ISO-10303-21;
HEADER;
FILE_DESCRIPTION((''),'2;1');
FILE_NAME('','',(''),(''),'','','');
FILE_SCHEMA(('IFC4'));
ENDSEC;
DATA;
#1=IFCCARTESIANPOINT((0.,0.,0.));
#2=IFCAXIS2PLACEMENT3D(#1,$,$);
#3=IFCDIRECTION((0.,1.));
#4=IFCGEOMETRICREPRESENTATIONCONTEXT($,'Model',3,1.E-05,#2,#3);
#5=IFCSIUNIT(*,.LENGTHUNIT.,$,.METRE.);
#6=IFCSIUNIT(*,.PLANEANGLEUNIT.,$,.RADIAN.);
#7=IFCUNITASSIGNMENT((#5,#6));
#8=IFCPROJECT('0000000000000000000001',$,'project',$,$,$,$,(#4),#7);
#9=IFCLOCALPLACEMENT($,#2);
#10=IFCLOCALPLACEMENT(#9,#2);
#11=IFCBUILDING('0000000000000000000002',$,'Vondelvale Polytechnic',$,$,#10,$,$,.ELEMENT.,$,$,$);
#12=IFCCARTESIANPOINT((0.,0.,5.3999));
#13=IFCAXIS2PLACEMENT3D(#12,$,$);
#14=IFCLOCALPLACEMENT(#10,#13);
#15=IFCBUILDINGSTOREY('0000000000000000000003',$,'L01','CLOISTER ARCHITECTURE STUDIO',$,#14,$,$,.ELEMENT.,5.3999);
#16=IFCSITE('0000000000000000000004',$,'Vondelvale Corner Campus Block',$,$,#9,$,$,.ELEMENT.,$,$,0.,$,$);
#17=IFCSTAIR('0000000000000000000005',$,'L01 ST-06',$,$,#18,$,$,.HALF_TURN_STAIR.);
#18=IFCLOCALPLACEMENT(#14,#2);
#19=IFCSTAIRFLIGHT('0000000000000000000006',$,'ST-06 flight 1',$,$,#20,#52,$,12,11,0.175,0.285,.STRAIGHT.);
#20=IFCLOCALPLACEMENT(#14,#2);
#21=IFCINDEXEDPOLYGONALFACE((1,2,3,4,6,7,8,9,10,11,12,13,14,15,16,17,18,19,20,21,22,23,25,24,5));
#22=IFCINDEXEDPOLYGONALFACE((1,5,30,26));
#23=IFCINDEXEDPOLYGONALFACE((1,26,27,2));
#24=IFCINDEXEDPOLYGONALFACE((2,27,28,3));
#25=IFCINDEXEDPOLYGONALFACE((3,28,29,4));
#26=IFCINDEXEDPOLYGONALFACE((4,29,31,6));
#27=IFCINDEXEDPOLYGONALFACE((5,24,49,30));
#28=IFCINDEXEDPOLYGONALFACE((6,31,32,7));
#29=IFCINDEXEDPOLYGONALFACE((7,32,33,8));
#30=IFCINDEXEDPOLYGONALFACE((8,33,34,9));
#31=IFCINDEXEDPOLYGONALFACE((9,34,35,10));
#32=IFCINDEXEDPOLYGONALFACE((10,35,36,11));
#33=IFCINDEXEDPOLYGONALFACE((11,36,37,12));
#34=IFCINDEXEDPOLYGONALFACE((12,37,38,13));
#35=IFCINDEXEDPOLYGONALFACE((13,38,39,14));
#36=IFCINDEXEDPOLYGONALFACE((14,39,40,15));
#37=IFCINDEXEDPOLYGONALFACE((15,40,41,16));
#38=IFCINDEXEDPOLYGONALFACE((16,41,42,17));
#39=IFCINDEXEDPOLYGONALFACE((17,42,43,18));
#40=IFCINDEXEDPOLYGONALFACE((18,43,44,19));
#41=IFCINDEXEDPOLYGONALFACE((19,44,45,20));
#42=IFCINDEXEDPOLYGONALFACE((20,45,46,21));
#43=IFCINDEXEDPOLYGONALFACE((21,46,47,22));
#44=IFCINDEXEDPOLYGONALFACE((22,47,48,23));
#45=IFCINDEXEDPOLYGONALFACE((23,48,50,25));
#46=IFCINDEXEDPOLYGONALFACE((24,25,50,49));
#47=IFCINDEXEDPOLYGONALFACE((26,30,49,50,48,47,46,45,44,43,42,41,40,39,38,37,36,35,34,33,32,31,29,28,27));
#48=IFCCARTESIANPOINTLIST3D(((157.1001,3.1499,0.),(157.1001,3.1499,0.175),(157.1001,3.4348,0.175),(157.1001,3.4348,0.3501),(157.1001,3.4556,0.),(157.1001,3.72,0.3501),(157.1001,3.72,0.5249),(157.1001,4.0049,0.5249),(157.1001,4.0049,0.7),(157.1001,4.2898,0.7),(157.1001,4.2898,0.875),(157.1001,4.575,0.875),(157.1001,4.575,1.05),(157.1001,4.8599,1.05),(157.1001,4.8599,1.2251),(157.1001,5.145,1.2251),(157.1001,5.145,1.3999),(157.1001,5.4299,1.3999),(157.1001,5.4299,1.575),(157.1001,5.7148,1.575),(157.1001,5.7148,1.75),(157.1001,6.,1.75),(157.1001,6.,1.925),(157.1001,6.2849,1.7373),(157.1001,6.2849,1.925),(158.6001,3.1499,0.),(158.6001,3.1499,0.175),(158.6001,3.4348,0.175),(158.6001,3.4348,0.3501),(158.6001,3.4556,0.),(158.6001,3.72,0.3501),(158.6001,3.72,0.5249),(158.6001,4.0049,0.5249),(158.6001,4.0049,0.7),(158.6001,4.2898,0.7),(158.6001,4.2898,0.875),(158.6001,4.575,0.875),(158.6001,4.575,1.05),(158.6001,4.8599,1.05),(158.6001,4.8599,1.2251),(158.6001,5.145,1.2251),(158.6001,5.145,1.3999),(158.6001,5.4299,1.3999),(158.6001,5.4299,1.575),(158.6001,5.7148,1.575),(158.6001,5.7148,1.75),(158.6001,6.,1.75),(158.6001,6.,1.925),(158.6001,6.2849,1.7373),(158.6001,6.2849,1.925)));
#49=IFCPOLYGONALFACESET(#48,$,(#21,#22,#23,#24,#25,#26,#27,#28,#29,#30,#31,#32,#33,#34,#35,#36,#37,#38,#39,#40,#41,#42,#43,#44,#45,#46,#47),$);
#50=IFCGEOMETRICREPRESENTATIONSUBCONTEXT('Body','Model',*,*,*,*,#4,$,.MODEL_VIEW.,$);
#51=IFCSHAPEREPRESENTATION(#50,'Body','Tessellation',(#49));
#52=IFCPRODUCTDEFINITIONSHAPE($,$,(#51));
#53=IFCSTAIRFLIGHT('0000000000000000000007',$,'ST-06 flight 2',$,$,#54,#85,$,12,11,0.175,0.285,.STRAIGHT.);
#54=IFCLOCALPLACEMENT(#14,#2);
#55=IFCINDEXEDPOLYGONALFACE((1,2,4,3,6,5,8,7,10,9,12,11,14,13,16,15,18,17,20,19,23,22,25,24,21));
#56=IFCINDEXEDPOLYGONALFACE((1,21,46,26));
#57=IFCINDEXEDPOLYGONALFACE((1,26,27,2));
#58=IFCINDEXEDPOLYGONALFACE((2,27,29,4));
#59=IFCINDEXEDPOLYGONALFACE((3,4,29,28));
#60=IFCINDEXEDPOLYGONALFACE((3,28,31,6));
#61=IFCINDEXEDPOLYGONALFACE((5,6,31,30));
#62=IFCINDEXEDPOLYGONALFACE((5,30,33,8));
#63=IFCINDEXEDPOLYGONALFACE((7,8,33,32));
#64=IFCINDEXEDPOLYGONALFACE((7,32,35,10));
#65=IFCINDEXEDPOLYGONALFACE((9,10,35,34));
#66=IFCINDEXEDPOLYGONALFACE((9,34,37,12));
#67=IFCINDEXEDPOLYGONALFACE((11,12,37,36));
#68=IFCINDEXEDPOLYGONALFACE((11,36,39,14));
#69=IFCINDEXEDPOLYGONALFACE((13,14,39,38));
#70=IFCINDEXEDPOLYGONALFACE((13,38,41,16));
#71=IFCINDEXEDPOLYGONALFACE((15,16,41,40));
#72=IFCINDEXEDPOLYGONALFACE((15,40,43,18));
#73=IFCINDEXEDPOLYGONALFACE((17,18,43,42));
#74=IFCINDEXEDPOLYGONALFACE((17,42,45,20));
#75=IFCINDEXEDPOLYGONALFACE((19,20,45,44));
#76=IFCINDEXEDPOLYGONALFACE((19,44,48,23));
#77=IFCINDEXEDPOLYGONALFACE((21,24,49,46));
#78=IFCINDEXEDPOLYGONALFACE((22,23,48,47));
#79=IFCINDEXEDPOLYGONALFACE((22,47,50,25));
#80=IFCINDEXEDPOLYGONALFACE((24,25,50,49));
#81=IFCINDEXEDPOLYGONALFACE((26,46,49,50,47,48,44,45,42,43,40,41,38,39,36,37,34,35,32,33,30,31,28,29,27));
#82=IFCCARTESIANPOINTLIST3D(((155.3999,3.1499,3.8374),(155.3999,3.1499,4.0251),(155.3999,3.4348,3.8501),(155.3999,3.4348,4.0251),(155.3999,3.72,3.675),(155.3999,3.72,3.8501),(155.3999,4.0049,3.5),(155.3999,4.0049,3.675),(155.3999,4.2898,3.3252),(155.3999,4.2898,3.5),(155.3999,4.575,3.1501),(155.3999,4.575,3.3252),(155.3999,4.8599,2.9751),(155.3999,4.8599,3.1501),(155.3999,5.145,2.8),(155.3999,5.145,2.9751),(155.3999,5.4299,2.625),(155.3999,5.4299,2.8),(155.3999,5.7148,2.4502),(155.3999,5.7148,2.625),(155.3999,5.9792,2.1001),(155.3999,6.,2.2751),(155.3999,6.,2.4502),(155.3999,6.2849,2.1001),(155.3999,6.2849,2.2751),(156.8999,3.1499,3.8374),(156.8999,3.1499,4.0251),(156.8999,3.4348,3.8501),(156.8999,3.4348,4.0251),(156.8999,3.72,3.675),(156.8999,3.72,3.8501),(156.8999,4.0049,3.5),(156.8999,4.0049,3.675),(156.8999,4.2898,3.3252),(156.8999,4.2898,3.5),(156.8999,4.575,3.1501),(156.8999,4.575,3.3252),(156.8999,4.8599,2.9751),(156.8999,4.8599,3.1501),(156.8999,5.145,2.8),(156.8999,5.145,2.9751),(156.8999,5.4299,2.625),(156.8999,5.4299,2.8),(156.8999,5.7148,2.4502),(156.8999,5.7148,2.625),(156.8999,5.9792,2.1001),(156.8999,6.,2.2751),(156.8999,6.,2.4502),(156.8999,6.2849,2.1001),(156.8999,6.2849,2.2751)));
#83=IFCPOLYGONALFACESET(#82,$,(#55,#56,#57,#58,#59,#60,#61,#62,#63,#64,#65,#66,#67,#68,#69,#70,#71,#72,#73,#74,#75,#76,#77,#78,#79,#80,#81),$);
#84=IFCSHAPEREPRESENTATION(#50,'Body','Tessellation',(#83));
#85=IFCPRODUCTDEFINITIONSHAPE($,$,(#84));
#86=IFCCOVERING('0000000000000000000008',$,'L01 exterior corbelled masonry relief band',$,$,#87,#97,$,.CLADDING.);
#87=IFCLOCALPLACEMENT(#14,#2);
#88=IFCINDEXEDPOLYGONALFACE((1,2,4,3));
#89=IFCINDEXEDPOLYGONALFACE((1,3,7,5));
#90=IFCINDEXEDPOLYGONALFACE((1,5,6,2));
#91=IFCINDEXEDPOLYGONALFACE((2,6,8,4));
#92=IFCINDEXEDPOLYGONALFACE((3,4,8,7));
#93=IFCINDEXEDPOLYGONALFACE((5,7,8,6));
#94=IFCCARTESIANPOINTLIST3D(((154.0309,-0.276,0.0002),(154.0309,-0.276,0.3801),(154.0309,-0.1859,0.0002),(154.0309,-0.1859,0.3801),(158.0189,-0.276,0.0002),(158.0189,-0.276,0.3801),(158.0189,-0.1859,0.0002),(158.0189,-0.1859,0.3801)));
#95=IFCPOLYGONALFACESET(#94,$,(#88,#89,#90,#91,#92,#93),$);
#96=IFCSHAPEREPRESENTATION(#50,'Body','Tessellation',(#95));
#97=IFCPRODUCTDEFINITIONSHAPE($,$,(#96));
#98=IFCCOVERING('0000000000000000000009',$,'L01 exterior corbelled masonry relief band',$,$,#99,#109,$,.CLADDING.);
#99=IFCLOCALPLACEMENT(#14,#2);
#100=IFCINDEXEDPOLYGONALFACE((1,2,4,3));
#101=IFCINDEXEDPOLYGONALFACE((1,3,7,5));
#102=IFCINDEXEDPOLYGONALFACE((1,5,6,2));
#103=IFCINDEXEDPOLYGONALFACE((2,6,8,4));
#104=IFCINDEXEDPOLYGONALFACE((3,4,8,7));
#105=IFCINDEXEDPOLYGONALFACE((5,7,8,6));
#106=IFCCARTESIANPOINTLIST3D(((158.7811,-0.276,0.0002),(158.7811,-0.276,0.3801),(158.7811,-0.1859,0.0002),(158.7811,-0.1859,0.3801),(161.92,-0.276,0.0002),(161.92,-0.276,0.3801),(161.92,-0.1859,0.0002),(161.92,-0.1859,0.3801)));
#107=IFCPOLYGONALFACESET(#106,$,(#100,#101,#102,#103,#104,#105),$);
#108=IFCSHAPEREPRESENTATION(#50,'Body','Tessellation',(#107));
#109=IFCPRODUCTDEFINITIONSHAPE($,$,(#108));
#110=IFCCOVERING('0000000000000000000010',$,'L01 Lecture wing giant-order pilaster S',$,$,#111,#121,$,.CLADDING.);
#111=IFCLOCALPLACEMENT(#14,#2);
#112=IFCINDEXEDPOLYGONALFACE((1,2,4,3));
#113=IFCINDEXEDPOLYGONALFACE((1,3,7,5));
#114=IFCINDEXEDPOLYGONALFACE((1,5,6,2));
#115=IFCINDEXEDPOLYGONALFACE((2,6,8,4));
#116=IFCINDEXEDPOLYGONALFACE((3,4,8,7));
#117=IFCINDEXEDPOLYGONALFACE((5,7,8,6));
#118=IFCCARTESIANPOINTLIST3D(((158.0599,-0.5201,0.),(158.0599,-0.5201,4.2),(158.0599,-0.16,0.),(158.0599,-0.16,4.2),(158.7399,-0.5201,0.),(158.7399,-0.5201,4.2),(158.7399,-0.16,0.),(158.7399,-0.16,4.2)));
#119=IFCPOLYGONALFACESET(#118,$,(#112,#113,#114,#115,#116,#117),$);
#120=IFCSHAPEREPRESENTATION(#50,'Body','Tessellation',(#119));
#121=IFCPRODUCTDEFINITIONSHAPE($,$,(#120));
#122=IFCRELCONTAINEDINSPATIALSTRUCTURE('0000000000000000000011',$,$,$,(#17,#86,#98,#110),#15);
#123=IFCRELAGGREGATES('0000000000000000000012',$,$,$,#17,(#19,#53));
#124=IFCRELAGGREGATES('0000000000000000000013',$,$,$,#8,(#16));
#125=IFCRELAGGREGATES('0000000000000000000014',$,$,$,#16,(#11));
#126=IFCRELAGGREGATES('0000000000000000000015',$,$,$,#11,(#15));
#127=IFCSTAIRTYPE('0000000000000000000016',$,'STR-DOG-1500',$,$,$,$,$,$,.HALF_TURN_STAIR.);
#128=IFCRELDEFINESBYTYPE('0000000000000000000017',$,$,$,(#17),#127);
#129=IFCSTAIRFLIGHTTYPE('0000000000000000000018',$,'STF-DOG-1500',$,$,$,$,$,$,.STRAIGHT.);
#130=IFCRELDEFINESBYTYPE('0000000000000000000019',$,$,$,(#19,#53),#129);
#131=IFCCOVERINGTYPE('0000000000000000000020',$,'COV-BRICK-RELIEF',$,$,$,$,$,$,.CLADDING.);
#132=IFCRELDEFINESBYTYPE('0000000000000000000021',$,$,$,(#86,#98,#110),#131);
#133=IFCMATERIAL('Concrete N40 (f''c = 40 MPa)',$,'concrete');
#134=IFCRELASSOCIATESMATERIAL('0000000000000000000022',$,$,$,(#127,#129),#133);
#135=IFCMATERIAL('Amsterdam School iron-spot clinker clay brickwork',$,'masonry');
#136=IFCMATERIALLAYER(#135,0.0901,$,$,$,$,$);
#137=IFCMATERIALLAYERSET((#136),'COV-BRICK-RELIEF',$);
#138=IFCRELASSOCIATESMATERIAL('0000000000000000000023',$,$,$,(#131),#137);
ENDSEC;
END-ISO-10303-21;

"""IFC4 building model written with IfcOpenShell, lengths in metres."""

from ifc_helpers import new_model, si_unit, direction, frame, origin, origin_2d, place, context, subcontext, project, spatial, polyline, rectangle, outline, extrude, material, layer, layer_set, type_object, element, aggregate, save


model = new_model("IFC4")

# Units and contexts
model_context = context("Model", 3, precision=1e-05, world=origin(), true_north=direction((0.0, 1.0)))
body_context = subcontext(model_context, "Body", "Model", "MODEL_VIEW")
ifc_project = project(units=[si_unit("LENGTHUNIT", "METRE"), si_unit("PLANEANGLEUNIT", "RADIAN")], contexts=[model_context])

# Site, building, storey
site_placement = place(None, origin())
site = spatial("IfcSite", under=ifc_project, at=site_placement, Name="Vondelvale Corner Campus Block", CompositionType="ELEMENT", RefElevation=0.0)
building_placement = place(site_placement, origin())
building = spatial("IfcBuilding", under=site, at=building_placement, Name="Vondelvale Polytechnic", CompositionType="ELEMENT")
storey_placement = place(building_placement, frame((0.0, 0.0, 5.3999)))
storey = spatial("IfcBuildingStorey", under=building, at=storey_placement, Name="L01", Description="CLOISTER ARCHITECTURE STUDIO", CompositionType="ELEMENT", Elevation=5.3999)

# Shared definitions
ifc_material_1 = material(Name="Concrete N40 (f'c = 40 MPa)", Category="concrete")

# Shared definitions
ifc_material_2 = material(Name="Amsterdam School iron-spot clinker clay brickwork", Category="masonry")

# Stair, stair flights
stair_type = type_object("IfcStairType", Name="STR-DOG-1500", PredefinedType="HALF_TURN_STAIR", material=ifc_material_1)
stair_placement = place(storey_placement, origin())
stair = element("IfcStair", 1, at=stair_placement, inside=storey, type_object=stair_type, Name="L01 ST-06", PredefinedType="HALF_TURN_STAIR")
stair_flight_type = type_object("IfcStairFlightType", Name="STF-DOG-1500", PredefinedType="STRAIGHT", material=ifc_material_1)
stair_flight_1_placement = place(storey_placement, frame((157.8501, 3.1499, 0.0), z_axis=(0.0, 0.0, 1.0), x_axis=(0.0, 1.0, 0.0)))
stair_flight_1 = element("IfcStairFlight", 2, at=stair_flight_1_placement, type_object=stair_flight_type, Name="ST-06 flight 1", NumberOfRisers=12, NumberOfTreads=11, PredefinedType="STRAIGHT", RiserHeight=0.175, TreadLength=0.285, context=body_context, shape_type="SweptSolid", body=[
    extrude(outline(polyline([(0.0, 0.0), (0.0, 0.175), (0.2849, 0.175), (0.2849, 0.3501), (0.5701, 0.3501), (0.5701, 0.5249), (0.855, 0.5249), (0.855, 0.7), (1.1399, 0.7), (1.1399, 0.875), (1.425, 0.875), (1.425, 1.05), (1.71, 1.05), (1.71, 1.2251), (1.9951, 1.2251), (1.9951, 1.3999), (2.28, 1.3999), (2.28, 1.575), (2.5649, 1.575), (2.5649, 1.75), (2.8501, 1.75), (2.8501, 1.925), (3.135, 1.925), (3.135, 2.1001), (3.135, 1.7373), (0.3057, 0.0), (0.0, 0.0)])), frame((0.0, 0.75, 0.0), z_axis=(0.0, -1.0, 0.0), x_axis=(1.0, 0.0, 0.0)), (0.0, 0.0, 1.0), 1.5),
])
stair_flight_2_placement = place(storey_placement, frame((156.1499, 6.2849, 2.1001), z_axis=(0.0, 0.0, 1.0), x_axis=(0.0, -1.0, 0.0)))
stair_flight_2 = element("IfcStairFlight", 3, at=stair_flight_2_placement, type_object=stair_flight_type, Name="ST-06 flight 2", NumberOfRisers=12, NumberOfTreads=11, PredefinedType="STRAIGHT", RiserHeight=0.175, TreadLength=0.285, context=body_context, shape_type="SweptSolid", body=[
    extrude(outline(polyline([(0.0, 0.0), (0.0, 0.175), (0.2849, 0.175), (0.2849, 0.3501), (0.5701, 0.3501), (0.5701, 0.5249), (0.855, 0.5249), (0.855, 0.7), (1.1399, 0.7), (1.1399, 0.875), (1.425, 0.875), (1.425, 1.05), (1.71, 1.05), (1.71, 1.2251), (1.9951, 1.2251), (1.9951, 1.3999), (2.28, 1.3999), (2.28, 1.575), (2.5649, 1.575), (2.5649, 1.75), (2.8501, 1.75), (2.8501, 1.925), (3.135, 1.925), (3.135, 2.1001), (3.135, 1.7373), (0.3057, 0.0), (0.0, 0.0)])), frame((0.0, 0.75, 0.0), z_axis=(0.0, -1.0, 0.0), x_axis=(1.0, 0.0, 0.0)), (0.0, 0.0, 1.0), 1.5),
])
aggregate(stair, [stair_flight_1, stair_flight_2])

# Coverings
ifc_layer_1 = layer(ifc_material_2, 0.0901)
ifc_layer_set_1 = layer_set([ifc_layer_1], Name="COV-BRICK-RELIEF")
covering_type = type_object("IfcCoveringType", Name="COV-BRICK-RELIEF", PredefinedType="CLADDING", material=ifc_layer_set_1)
covering_1_placement = place(storey_placement, frame((156.0249, -0.231, 0.0002), z_axis=(0.0, 0.0, 1.0), x_axis=(-1.0, 0.0, 0.0)))
element("IfcCovering", 4, at=covering_1_placement, inside=storey, type_object=covering_type, Name="L01 exterior corbelled masonry relief band", PredefinedType="CLADDING", context=body_context, shape_type="SweptSolid", body=[
    extrude(rectangle(XDim=3.988, YDim=0.0901, at=origin_2d()), origin(), (0.0, 0.0, 1.0), 0.3799),
])
covering_2_placement = place(storey_placement, frame((160.3506, -0.231, 0.0002), z_axis=(0.0, 0.0, 1.0), x_axis=(-1.0, 0.0, 0.0)))
element("IfcCovering", 5, at=covering_2_placement, inside=storey, type_object=covering_type, Name="L01 exterior corbelled masonry relief band", PredefinedType="CLADDING", context=body_context, shape_type="SweptSolid", body=[
    extrude(rectangle(XDim=3.1389, YDim=0.0901, at=origin_2d()), origin(), (0.0, 0.0, 1.0), 0.3799),
])
covering_3_placement = place(storey_placement, frame((158.3999, -0.3401, 0.0), z_axis=(0.0, 0.0, 1.0), x_axis=(1.0, 0.0, 0.0)))
element("IfcCovering", 6, at=covering_3_placement, inside=storey, type_object=covering_type, Name="L01 Lecture wing giant-order pilaster S", PredefinedType="CLADDING", context=body_context, shape_type="SweptSolid", body=[
    extrude(rectangle(XDim=0.6799, YDim=0.3601, at=origin_2d()), origin(), (0.0, 0.0, 1.0), 4.2),
])

save(model, "model.ifc")
